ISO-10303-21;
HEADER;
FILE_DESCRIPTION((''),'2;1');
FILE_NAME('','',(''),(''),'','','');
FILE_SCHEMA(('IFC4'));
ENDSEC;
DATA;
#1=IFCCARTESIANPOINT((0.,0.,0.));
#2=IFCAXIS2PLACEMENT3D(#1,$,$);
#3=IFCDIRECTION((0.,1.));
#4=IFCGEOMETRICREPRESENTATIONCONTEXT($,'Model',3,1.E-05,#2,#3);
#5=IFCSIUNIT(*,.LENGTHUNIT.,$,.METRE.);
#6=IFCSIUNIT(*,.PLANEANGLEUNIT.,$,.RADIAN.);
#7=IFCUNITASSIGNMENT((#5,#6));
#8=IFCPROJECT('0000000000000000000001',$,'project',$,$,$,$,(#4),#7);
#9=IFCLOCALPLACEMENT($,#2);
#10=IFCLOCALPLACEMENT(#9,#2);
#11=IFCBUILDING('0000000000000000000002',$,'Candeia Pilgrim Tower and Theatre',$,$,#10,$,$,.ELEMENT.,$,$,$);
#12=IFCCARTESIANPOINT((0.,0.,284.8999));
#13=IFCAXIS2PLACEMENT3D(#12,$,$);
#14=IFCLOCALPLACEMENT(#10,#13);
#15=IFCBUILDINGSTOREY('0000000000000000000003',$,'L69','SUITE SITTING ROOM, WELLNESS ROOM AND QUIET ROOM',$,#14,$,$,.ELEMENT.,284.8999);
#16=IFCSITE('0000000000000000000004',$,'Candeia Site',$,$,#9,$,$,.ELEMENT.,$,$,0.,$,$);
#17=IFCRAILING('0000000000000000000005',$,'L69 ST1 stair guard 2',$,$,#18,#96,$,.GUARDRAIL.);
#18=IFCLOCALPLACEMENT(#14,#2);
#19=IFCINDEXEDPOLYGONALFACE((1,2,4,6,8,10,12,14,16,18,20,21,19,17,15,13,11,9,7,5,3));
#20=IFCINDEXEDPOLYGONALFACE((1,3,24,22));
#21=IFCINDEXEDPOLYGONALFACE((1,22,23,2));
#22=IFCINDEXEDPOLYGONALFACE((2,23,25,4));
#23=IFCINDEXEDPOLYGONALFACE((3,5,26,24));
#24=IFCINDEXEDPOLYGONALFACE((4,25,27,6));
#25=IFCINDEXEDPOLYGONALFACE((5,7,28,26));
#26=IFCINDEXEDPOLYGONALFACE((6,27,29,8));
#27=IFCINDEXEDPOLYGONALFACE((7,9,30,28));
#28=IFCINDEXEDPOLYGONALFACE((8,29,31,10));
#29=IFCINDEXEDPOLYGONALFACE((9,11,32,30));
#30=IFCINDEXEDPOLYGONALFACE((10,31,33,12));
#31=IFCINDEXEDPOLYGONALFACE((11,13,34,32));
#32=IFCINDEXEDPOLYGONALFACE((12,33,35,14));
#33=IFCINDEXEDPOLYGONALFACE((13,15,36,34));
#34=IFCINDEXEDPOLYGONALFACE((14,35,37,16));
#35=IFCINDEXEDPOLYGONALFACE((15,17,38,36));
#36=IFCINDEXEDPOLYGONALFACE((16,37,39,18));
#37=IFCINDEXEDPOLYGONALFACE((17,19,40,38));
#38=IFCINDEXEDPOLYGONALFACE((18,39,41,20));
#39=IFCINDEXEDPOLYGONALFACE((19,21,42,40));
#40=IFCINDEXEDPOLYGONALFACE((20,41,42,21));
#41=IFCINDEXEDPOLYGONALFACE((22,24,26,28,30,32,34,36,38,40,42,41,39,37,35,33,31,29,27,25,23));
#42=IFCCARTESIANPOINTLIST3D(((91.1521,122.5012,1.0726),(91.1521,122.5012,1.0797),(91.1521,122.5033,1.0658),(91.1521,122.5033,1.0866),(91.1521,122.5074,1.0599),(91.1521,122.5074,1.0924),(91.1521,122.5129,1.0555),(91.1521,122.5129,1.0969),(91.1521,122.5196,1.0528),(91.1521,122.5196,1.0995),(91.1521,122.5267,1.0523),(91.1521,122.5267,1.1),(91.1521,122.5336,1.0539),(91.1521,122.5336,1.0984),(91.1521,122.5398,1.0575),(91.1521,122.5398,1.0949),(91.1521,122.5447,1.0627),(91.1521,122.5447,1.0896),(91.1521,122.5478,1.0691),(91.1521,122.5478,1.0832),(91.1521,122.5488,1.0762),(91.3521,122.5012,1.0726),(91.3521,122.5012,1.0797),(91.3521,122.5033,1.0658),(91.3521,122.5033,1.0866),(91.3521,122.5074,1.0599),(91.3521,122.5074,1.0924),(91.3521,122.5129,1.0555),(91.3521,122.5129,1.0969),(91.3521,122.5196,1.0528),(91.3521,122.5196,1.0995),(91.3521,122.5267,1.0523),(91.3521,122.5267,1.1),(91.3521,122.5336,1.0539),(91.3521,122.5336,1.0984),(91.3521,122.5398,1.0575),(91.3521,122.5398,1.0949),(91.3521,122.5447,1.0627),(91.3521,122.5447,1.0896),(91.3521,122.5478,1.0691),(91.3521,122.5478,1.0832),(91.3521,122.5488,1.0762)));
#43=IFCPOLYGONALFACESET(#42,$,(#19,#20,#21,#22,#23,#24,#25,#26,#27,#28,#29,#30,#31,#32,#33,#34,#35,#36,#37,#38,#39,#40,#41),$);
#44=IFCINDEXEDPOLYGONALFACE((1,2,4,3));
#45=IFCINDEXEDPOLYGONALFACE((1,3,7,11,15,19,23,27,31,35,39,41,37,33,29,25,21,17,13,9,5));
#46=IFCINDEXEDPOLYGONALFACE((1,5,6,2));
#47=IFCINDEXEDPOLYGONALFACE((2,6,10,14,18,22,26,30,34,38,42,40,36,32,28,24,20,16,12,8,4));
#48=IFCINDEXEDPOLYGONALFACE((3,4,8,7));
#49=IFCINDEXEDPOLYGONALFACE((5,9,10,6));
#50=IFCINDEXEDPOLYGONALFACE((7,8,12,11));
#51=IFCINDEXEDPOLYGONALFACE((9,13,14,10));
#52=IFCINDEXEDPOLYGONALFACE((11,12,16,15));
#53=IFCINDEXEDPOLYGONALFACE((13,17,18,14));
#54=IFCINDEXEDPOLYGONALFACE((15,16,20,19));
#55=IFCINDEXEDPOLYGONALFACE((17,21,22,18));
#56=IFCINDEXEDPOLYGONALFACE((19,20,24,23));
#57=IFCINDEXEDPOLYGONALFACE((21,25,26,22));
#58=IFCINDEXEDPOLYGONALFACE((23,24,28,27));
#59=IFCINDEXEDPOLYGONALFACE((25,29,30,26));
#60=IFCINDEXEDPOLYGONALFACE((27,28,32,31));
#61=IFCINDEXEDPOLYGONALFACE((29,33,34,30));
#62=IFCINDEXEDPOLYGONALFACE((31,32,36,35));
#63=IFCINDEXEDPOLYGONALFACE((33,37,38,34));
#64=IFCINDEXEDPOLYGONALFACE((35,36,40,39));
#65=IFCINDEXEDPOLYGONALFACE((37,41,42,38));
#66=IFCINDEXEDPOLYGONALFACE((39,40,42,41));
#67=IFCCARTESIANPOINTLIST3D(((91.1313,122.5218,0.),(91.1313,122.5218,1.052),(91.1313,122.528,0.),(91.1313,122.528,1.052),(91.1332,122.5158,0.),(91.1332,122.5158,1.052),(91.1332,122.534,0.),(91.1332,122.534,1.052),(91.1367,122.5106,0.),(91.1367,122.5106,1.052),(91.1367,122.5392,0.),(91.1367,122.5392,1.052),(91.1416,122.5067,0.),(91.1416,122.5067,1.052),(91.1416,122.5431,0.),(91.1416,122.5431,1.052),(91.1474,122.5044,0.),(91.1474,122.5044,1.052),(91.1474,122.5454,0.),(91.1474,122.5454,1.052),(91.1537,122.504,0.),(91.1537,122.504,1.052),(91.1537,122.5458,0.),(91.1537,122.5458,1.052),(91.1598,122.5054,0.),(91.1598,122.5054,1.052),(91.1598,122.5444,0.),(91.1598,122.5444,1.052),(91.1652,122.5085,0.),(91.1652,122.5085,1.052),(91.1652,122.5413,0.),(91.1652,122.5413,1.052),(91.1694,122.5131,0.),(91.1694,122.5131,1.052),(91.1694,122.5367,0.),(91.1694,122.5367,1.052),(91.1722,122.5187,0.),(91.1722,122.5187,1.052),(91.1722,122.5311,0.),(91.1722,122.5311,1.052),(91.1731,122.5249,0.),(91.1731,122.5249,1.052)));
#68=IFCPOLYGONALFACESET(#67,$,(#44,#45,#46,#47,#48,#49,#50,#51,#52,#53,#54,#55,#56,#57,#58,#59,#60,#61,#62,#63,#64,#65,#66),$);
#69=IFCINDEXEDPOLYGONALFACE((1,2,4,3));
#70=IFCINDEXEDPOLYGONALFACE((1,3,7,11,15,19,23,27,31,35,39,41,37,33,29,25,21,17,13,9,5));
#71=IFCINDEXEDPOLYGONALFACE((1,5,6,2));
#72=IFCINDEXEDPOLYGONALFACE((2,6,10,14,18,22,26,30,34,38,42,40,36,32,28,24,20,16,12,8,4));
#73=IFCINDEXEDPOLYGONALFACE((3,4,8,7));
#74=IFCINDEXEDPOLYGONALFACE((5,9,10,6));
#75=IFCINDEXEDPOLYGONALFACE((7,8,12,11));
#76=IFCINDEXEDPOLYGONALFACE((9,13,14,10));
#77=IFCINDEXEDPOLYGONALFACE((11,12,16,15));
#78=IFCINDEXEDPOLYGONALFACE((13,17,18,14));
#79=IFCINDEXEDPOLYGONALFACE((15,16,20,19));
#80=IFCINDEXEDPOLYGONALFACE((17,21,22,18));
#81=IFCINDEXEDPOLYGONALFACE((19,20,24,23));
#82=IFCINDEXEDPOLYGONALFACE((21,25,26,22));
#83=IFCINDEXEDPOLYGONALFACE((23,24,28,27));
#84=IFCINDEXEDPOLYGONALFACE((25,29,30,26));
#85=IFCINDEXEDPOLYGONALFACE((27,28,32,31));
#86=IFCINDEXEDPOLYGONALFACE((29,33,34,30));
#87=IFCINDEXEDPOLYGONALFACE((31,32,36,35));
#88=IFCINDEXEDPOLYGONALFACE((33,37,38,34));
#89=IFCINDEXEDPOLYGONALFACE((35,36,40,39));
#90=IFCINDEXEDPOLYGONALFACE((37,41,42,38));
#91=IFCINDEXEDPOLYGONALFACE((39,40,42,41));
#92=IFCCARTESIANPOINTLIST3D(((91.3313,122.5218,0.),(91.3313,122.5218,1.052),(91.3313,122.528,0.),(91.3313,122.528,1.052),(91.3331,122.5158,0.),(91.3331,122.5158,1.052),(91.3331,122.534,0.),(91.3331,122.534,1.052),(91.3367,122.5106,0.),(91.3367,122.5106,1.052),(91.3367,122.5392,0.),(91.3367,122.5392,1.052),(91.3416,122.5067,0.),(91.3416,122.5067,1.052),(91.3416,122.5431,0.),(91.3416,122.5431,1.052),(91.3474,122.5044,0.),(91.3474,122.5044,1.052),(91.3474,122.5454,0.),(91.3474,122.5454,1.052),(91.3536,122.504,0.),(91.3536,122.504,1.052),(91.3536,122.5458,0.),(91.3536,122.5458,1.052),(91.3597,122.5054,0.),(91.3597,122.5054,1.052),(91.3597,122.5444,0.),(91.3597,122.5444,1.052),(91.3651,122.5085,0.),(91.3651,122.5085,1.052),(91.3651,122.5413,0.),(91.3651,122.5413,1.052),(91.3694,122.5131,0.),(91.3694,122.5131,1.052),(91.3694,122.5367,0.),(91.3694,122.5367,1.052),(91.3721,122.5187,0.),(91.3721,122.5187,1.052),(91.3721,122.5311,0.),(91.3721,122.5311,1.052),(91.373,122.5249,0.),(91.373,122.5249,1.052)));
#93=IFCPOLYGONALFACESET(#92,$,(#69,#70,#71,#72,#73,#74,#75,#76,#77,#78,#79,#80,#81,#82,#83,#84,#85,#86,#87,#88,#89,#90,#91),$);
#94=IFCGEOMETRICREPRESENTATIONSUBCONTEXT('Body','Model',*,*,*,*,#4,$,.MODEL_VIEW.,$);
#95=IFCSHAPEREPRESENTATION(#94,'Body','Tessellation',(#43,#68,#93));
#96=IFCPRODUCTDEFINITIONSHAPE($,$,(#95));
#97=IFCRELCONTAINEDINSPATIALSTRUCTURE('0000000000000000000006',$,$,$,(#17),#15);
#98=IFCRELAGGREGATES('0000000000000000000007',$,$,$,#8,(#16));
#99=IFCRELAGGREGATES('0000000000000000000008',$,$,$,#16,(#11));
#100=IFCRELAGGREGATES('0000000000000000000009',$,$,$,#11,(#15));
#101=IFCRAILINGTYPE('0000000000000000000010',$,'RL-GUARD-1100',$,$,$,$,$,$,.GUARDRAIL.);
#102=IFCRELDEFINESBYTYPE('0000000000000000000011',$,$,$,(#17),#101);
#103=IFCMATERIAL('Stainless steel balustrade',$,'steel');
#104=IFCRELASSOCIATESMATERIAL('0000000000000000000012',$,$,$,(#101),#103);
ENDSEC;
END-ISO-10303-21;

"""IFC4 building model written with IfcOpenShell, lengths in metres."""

from ifc_helpers import new_model, si_unit, direction, frame, origin, origin_2d, place, context, subcontext, project, spatial, circle, extrude, material, type_object, element, save


model = new_model("IFC4")

# Units and contexts
model_context = context("Model", 3, precision=1e-05, world=origin(), true_north=direction((0.0, 1.0)))
body_context = subcontext(model_context, "Body", "Model", "MODEL_VIEW")
ifc_project = project(units=[si_unit("LENGTHUNIT", "METRE"), si_unit("PLANEANGLEUNIT", "RADIAN")], contexts=[model_context])

# Site, building, storey
site_placement = place(None, origin())
site = spatial("IfcSite", under=ifc_project, at=site_placement, Name="Candeia Site", CompositionType="ELEMENT", RefElevation=0.0)
building_placement = place(site_placement, origin())
building = spatial("IfcBuilding", under=site, at=building_placement, Name="Candeia Pilgrim Tower and Theatre", CompositionType="ELEMENT")
storey_placement = place(building_placement, frame((0.0, 0.0, 284.8999)))
storey = spatial("IfcBuildingStorey", under=building, at=storey_placement, Name="L69", Description="SUITE SITTING ROOM, WELLNESS ROOM AND QUIET ROOM", CompositionType="ELEMENT", Elevation=284.8999)

# Railing
ifc_material_1 = material(Name="Stainless steel balustrade", Category="steel")
railing_type_1 = type_object("IfcRailingType", Name="RL-GUARD-1100", PredefinedType="GUARDRAIL", material=ifc_material_1)
railing_1_placement = place(storey_placement, frame((91.1521, 122.5249, 0.0)))
element("IfcRailing", 1, at=railing_1_placement, inside=storey, type_object=railing_type_1, Name="L69 ST1 stair guard 2", PredefinedType="GUARDRAIL", context=body_context, shape_type="SweptSolid", body=[
    extrude(circle(Radius=0.0239, at=origin_2d()), frame((0.0, 0.0, 1.0762), z_axis=(1.0, 0.0, 0.0), x_axis=(0.0, 1.0, 0.0)), (0.0, 0.0, 1.0), 0.2),
    extrude(circle(Radius=0.021, at=origin_2d()), origin(), (0.0, 0.0, 1.0), 1.052),
    extrude(circle(Radius=0.021, at=origin_2d()), frame((0.2, 0.0, 0.0)), (0.0, 0.0, 1.0), 1.052),
])

save(model, "model.ifc")
